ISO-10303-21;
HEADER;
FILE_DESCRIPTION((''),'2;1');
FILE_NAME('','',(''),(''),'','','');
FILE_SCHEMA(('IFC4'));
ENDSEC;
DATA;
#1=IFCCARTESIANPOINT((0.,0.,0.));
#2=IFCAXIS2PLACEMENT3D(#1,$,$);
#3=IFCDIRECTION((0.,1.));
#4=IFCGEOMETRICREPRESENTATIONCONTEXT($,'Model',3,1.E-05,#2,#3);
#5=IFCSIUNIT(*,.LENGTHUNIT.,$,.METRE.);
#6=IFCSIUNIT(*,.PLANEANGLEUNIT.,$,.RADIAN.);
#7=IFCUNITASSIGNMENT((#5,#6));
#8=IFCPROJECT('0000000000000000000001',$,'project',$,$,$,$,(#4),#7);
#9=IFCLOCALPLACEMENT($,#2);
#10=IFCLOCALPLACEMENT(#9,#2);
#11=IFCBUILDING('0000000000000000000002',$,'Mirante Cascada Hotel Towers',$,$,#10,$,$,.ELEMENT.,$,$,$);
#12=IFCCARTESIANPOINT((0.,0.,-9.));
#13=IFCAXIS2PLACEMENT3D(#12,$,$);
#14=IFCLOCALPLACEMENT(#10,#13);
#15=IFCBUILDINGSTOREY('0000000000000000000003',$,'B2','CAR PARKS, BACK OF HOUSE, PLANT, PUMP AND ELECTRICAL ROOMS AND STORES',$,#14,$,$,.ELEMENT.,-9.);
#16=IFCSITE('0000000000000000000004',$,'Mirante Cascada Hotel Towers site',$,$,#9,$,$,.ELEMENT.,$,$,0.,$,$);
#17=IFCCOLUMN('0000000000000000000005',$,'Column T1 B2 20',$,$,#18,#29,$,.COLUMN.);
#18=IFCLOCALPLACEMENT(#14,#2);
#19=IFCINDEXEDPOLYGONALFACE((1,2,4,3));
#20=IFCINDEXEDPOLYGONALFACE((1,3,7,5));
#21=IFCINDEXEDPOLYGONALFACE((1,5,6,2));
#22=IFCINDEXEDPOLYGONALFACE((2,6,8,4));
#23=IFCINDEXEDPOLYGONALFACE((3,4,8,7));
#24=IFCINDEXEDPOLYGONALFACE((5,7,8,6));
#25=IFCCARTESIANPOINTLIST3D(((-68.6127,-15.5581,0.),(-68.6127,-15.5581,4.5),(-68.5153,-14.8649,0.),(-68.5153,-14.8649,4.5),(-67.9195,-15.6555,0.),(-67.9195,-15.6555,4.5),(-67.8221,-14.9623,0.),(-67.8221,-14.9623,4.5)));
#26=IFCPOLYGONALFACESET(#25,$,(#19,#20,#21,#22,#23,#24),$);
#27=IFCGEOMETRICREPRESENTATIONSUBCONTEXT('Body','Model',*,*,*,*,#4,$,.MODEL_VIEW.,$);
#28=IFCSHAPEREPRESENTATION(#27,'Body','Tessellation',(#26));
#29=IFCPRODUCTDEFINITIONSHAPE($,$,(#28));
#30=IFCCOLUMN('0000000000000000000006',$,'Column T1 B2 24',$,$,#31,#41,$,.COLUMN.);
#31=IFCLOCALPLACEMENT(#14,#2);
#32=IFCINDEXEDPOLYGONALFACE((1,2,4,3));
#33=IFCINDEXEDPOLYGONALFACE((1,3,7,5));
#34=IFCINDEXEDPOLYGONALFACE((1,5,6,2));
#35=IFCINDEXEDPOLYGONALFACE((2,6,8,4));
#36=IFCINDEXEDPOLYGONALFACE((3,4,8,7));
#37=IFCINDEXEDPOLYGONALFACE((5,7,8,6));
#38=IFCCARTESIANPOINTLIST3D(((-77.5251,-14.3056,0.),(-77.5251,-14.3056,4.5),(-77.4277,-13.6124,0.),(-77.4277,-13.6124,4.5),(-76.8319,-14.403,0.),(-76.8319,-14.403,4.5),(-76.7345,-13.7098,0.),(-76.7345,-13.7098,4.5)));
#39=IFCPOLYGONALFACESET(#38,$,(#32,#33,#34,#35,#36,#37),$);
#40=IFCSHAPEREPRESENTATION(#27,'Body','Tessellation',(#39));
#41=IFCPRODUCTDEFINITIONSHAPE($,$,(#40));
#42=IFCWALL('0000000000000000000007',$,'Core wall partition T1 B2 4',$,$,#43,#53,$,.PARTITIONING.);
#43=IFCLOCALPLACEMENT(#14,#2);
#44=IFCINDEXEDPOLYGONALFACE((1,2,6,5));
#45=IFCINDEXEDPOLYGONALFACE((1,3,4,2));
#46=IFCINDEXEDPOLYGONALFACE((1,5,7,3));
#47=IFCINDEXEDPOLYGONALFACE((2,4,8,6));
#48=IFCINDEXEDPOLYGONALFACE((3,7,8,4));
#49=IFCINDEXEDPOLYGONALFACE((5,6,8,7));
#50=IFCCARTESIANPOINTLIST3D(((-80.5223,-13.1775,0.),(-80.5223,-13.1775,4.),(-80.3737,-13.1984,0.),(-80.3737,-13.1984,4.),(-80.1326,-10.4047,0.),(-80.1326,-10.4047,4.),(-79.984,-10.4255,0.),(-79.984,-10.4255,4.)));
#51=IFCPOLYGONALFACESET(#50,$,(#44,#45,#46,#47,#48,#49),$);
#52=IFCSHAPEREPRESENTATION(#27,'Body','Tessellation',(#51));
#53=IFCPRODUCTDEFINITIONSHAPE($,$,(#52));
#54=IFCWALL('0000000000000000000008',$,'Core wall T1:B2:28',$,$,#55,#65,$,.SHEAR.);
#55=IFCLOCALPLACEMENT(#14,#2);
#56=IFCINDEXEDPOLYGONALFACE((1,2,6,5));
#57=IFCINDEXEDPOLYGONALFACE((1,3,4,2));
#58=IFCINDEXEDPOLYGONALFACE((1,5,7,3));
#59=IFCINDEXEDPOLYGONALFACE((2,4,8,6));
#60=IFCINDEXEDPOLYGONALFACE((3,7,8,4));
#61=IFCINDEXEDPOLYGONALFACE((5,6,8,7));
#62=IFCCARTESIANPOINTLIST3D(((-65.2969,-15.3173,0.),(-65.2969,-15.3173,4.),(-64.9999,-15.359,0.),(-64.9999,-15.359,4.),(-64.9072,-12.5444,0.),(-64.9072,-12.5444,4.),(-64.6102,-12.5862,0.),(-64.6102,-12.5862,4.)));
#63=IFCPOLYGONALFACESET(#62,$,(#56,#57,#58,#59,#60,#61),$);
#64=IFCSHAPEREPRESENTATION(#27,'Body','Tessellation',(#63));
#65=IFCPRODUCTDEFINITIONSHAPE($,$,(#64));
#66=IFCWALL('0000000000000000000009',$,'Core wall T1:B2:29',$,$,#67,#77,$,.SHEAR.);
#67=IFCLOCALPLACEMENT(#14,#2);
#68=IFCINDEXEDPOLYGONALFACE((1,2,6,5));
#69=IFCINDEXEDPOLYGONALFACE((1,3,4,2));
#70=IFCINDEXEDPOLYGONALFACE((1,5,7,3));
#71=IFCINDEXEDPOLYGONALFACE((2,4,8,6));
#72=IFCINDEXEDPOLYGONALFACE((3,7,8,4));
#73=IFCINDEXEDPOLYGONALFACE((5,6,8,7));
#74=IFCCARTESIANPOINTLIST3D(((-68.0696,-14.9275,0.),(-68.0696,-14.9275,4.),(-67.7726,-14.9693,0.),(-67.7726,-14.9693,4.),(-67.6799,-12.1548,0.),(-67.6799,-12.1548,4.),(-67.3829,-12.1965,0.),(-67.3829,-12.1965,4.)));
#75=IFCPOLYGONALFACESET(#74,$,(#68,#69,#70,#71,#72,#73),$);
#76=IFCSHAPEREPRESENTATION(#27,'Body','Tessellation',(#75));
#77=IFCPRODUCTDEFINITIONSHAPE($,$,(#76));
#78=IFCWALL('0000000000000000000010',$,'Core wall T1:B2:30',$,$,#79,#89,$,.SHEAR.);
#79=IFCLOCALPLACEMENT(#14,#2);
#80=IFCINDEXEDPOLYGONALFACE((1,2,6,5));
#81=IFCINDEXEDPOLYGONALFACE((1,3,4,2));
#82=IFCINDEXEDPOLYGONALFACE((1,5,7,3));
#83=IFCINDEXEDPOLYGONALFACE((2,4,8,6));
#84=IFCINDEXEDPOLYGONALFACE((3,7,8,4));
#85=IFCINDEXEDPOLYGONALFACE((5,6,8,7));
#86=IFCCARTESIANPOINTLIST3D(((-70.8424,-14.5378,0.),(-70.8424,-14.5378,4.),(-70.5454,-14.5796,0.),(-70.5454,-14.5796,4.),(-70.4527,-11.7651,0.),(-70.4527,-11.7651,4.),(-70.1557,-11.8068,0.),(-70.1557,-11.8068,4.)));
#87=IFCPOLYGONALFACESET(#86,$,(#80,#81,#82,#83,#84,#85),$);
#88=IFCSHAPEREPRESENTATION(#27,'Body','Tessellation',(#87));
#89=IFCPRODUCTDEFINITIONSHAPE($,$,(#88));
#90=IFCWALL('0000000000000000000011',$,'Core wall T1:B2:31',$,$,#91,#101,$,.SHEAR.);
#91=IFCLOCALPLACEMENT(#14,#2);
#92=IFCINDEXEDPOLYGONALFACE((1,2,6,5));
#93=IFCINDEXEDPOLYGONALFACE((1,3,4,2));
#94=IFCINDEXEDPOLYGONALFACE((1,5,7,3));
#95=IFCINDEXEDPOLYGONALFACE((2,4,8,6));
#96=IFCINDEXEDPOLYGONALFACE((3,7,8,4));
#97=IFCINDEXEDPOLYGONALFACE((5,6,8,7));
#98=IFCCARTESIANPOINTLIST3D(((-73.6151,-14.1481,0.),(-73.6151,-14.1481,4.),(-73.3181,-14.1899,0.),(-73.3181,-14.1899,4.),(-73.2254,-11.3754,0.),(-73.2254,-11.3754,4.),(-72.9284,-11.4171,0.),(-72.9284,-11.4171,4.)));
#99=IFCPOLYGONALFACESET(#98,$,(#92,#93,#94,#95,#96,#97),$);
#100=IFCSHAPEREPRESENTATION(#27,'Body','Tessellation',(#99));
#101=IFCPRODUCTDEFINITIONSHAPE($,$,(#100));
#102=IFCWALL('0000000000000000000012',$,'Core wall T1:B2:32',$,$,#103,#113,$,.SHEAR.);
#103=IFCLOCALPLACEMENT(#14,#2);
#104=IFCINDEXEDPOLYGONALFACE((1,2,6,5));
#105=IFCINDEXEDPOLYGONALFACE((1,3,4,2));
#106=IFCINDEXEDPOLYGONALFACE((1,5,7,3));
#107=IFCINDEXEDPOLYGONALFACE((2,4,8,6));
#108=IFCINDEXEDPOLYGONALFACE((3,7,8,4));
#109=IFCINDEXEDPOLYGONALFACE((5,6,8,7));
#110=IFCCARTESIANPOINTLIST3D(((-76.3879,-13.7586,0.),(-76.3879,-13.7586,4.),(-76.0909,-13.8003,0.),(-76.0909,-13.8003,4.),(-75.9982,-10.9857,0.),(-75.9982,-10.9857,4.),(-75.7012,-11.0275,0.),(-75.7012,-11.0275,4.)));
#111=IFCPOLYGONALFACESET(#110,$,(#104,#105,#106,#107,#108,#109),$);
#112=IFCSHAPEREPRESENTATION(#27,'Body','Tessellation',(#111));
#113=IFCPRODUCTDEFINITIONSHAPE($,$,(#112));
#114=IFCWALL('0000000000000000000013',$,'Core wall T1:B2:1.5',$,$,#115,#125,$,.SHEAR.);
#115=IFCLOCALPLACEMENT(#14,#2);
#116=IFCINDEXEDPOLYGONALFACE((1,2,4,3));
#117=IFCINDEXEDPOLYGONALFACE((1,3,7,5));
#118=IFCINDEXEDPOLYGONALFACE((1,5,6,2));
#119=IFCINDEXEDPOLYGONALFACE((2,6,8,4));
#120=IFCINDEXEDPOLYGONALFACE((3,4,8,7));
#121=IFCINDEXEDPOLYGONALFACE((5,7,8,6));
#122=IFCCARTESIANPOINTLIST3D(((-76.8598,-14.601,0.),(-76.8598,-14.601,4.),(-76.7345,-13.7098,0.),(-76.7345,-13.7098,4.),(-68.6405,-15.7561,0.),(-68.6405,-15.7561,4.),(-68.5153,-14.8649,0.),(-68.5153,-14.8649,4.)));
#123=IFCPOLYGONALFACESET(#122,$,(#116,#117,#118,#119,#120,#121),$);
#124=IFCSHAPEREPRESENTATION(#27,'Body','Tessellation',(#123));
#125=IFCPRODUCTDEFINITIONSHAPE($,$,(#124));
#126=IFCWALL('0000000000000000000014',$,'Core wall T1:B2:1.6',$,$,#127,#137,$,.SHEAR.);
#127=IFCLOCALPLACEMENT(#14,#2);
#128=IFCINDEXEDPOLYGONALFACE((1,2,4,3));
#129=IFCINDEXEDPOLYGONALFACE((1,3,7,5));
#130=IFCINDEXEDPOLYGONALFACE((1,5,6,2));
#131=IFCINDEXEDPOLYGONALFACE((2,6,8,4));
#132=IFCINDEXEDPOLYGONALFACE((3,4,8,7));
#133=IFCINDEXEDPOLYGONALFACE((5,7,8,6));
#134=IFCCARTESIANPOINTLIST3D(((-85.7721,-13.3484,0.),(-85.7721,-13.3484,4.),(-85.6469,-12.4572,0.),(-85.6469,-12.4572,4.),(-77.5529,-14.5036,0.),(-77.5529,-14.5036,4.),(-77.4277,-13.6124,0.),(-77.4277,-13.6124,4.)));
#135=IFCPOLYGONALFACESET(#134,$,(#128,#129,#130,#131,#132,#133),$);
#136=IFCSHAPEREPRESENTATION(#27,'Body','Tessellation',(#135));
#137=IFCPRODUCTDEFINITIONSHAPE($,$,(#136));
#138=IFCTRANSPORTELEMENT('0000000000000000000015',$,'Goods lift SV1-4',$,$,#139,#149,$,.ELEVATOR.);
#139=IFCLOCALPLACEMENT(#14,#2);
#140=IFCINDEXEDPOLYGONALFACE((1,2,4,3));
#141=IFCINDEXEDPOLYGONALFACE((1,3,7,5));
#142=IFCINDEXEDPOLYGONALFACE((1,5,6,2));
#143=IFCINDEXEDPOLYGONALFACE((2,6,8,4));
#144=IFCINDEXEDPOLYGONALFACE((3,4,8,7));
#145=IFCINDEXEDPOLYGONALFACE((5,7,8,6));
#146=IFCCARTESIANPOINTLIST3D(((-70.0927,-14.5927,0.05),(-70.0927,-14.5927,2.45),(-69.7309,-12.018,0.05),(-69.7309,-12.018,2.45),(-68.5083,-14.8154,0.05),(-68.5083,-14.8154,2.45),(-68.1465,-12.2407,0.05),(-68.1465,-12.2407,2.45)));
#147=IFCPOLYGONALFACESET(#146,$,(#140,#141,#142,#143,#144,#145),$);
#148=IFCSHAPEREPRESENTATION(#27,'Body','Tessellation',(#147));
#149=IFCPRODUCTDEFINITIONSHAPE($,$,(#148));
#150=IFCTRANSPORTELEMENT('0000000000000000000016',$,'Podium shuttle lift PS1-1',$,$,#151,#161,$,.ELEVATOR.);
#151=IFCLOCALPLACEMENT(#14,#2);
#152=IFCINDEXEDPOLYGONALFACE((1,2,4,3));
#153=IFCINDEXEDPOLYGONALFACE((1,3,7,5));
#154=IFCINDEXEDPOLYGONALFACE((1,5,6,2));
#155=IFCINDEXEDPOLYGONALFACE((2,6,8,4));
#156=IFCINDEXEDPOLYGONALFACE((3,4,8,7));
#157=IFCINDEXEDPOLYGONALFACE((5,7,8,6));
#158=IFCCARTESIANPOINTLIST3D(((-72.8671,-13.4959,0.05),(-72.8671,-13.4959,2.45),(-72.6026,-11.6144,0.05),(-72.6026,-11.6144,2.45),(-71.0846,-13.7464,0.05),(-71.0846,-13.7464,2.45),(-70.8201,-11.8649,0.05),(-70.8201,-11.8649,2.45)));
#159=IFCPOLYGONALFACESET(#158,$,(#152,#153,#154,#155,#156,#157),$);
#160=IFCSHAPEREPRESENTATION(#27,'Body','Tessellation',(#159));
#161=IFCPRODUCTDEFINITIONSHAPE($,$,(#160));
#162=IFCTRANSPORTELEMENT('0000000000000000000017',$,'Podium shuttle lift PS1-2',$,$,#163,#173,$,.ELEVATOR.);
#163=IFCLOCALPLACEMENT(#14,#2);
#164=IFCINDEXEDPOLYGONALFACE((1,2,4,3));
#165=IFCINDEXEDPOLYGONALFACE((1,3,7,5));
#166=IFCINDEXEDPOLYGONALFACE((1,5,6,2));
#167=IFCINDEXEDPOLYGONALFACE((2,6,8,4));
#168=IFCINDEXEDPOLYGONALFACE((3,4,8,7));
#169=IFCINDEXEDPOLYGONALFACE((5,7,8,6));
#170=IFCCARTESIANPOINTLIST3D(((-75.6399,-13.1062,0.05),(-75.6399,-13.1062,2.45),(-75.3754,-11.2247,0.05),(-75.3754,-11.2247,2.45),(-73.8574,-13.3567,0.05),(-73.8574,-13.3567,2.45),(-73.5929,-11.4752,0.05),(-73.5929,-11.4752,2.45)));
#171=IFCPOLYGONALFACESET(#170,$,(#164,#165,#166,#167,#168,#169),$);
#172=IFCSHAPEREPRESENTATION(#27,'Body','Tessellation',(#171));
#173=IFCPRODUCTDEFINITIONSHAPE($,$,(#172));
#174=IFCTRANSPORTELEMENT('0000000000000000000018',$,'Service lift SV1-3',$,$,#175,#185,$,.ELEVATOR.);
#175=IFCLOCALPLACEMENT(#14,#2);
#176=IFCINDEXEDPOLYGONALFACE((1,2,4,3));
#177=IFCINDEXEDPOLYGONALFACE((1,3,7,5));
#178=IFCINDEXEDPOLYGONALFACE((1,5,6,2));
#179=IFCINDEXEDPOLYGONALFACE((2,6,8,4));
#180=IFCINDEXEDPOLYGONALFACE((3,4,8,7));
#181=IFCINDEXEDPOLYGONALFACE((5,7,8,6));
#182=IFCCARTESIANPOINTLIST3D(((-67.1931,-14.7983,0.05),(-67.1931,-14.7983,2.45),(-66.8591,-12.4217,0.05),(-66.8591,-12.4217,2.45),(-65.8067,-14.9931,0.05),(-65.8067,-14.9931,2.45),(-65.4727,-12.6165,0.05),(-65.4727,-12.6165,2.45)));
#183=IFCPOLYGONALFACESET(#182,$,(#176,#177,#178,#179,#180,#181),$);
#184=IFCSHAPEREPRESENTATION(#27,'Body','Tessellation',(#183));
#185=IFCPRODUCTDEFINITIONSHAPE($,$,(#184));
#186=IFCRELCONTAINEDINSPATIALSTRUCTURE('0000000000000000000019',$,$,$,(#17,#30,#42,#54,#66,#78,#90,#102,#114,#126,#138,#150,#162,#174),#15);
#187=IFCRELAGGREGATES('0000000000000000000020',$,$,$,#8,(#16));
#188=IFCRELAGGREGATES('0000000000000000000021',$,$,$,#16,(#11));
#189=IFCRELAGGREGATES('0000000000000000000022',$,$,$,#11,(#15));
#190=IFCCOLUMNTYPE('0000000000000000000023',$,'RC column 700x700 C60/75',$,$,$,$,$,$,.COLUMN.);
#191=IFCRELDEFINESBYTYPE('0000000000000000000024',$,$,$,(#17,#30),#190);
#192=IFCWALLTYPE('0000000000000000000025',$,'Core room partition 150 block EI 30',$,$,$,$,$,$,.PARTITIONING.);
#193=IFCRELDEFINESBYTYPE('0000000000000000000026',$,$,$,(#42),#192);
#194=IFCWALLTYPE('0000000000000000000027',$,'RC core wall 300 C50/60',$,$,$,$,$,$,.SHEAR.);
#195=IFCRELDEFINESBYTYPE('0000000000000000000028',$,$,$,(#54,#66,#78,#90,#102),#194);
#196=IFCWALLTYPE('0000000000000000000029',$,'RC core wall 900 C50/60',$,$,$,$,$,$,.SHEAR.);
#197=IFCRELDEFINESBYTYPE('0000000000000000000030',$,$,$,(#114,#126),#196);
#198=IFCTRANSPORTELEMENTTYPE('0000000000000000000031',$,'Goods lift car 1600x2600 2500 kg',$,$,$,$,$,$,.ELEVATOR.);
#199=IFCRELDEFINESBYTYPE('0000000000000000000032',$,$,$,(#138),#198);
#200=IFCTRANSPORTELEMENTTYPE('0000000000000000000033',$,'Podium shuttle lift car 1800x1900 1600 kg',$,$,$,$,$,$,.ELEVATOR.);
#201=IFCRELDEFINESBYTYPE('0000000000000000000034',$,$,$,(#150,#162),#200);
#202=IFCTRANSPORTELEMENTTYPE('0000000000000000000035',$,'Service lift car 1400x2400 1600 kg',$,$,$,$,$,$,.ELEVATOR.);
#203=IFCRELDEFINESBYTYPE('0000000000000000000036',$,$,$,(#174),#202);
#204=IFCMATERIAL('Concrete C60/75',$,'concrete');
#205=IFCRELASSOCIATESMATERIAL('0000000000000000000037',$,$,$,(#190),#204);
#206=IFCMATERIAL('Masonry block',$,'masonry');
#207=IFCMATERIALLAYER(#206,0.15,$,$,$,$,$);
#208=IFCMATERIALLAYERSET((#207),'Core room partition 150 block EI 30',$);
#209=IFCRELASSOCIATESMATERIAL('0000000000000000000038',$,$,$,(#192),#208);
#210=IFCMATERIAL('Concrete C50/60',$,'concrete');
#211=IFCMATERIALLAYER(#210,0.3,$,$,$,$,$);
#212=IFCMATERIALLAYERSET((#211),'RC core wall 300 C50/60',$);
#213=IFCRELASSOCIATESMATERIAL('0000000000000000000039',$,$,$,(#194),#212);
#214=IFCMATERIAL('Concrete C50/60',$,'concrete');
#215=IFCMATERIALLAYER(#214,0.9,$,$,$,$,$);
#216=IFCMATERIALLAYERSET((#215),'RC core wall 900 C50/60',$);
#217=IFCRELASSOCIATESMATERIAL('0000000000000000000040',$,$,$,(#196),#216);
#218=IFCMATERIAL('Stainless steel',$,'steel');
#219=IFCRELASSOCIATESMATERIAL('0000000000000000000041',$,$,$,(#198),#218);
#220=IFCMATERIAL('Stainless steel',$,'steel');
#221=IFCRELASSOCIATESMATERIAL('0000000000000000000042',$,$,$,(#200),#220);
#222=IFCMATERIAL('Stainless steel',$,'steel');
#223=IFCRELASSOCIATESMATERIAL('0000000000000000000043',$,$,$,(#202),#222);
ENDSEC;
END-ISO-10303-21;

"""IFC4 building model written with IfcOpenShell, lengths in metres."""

from ifc_helpers import new_model, si_unit, direction, frame, frame_2d, origin, origin_2d, place, context, subcontext, project, spatial, rectangle, extrude, material, layer, layer_set, material_profile, profile_set, type_object, element, save


model = new_model("IFC4")

# Units and contexts
model_context = context("Model", 3, precision=1e-05, world=origin(), true_north=direction((0.0, 1.0)))
body_context = subcontext(model_context, "Body", "Model", "MODEL_VIEW")
ifc_project = project(units=[si_unit("LENGTHUNIT", "METRE"), si_unit("PLANEANGLEUNIT", "RADIAN")], contexts=[model_context])

# Site, building, storey
site_placement = place(None, origin())
site = spatial("IfcSite", under=ifc_project, at=site_placement, Name="Mirante Cascada Hotel Towers site", CompositionType="ELEMENT", RefElevation=0.0)
building_placement = place(site_placement, origin())
building = spatial("IfcBuilding", under=site, at=building_placement, Name="Mirante Cascada Hotel Towers", CompositionType="ELEMENT")
storey_placement = place(building_placement, frame((0.0, 0.0, -9.0)))
storey = spatial("IfcBuildingStorey", under=building, at=storey_placement, Name="B2", Description="CAR PARKS, BACK OF HOUSE, PLANT, PUMP AND ELECTRICAL ROOMS AND STORES", CompositionType="ELEMENT", Elevation=-9.0)

# Columns
ifc_material_1 = material(Name="Concrete C60/75", Category="concrete")
ifc_material_profile_1 = material_profile(ifc_material_1, rectangle(XDim=0.7, YDim=0.7, at=origin_2d()), Name="RC column 700x700 C60/75")
ifc_profile_set_1 = profile_set([ifc_material_profile_1], Name="Concrete C60/75")
column_type_1 = type_object("IfcColumnType", Name="RC column 700x700 C60/75", PredefinedType="COLUMN", material=ifc_profile_set_1)
for number, where, z_axis, x_axis, name in (
    (1, (-68.2174, -15.2602, 0.0), (0.0, 0.0, 1.0), (-0.990268, 0.139173, 0.0), "Column T1 B2 20"),
    (2, (-77.1298, -14.0077, 0.0), (0.0, 0.0, 1.0), (-0.990268, 0.139173, 0.0), "Column T1 B2 24"),
):
    element("IfcColumn", number, at=place(storey_placement, frame(where, z_axis=z_axis, x_axis=x_axis)), inside=storey, type_object=column_type_1, Name=name, PredefinedType="COLUMN", context=body_context, shape_type="SweptSolid", body=[
        extrude(rectangle(XDim=0.7, YDim=0.7, at=origin_2d()), origin(), (0.0, 0.0, 1.0), 4.5),
    ])

# Walls
ifc_material_2 = material(Name="Masonry block", Category="masonry")
ifc_layer_1 = layer(ifc_material_2, 0.15)
ifc_layer_set_1 = layer_set([ifc_layer_1], Name="Core room partition 150 block EI 30")
wall_type_1 = type_object("IfcWallType", Name="Core room partition 150 block EI 30", PredefinedType="PARTITIONING", material=ifc_layer_set_1)
wall_1_placement = place(storey_placement, frame((-80.448, -13.1879, 0.0), z_axis=(0.0, 0.0, 1.0), x_axis=(0.139176, 0.990268, 0.0)))
element("IfcWall", 3, at=wall_1_placement, inside=storey, type_object=wall_type_1, Name="Core wall partition T1 B2 4", PredefinedType="PARTITIONING", context=body_context, shape_type="SweptSolid", body=[
    extrude(rectangle(XDim=2.8001, YDim=0.15, at=frame_2d((1.4, 0.0))), origin(), (0.0, 0.0, 1.0), 4.0),
])
ifc_material_3 = material(Name="Concrete C50/60", Category="concrete")
ifc_layer_2 = layer(ifc_material_3, 0.3)
ifc_layer_set_2 = layer_set([ifc_layer_2], Name="RC core wall 300 C50/60")
wall_type_2 = type_object("IfcWallType", Name="RC core wall 300 C50/60", PredefinedType="SHEAR", material=ifc_layer_set_2)
wall_2_placement = place(storey_placement, frame((-65.1484, -15.3381, 0.0), z_axis=(0.0, 0.0, 1.0), x_axis=(0.139176, 0.990268, 0.0)))
element("IfcWall", 4, at=wall_2_placement, inside=storey, type_object=wall_type_2, Name="Core wall T1:B2:28", PredefinedType="SHEAR", context=body_context, shape_type="SweptSolid", body=[
    extrude(rectangle(XDim=2.8001, YDim=0.3, at=frame_2d((1.4, 0.0))), origin(), (0.0, 0.0, 1.0), 4.0),
])
for number, where, z_axis, x_axis, name in (
    (5, (-67.9211, -14.9484, 0.0), (0.0, 0.0, 1.0), (0.139181, 0.990267, 0.0), "Core wall T1:B2:29"),
    (6, (-70.6939, -14.5587, 0.0), (0.0, 0.0, 1.0), (0.139181, 0.990267, 0.0), "Core wall T1:B2:30"),
    (7, (-73.4666, -14.169, 0.0), (0.0, 0.0, 1.0), (0.139181, 0.990267, 0.0), "Core wall T1:B2:31"),
):
    element("IfcWall", number, at=place(storey_placement, frame(where, z_axis=z_axis, x_axis=x_axis)), inside=storey, type_object=wall_type_2, Name=name, PredefinedType="SHEAR", context=body_context, shape_type="SweptSolid", body=[
        extrude(rectangle(XDim=2.8, YDim=0.3, at=frame_2d((1.4, 0.0))), origin(), (0.0, 0.0, 1.0), 4.0),
    ])
wall_3_placement = place(storey_placement, frame((-76.2394, -13.7794, 0.0), z_axis=(0.0, 0.0, 1.0), x_axis=(0.139176, 0.990268, 0.0)))
element("IfcWall", 8, at=wall_3_placement, inside=storey, type_object=wall_type_2, Name="Core wall T1:B2:32", PredefinedType="SHEAR", context=body_context, shape_type="SweptSolid", body=[
    extrude(rectangle(XDim=2.8001, YDim=0.3, at=frame_2d((1.4, 0.0))), origin(), (0.0, 0.0, 1.0), 4.0),
])
ifc_material_4 = material(Name="Concrete C50/60", Category="concrete")
ifc_layer_3 = layer(ifc_material_4, 0.9)
ifc_layer_set_3 = layer_set([ifc_layer_3], Name="RC core wall 900 C50/60")
wall_type_3 = type_object("IfcWallType", Name="RC core wall 900 C50/60", PredefinedType="SHEAR", material=ifc_layer_set_3)
for number, where, z_axis, x_axis, name in (
    (9, (-68.5779, -15.3105, 0.0), (0.0, 0.0, 1.0), (-0.990269, 0.139169, 0.0), "Core wall T1:B2:1.5"),
    (10, (-77.4903, -14.058, 0.0), (0.0, 0.0, 1.0), (-0.990267, 0.139181, 0.0), "Core wall T1:B2:1.6"),
):
    element("IfcWall", number, at=place(storey_placement, frame(where, z_axis=z_axis, x_axis=x_axis)), inside=storey, type_object=wall_type_3, Name=name, PredefinedType="SHEAR", context=body_context, shape_type="SweptSolid", body=[
        extrude(rectangle(XDim=8.3, YDim=0.9, at=frame_2d((4.15, 0.0))), origin(), (0.0, 0.0, 1.0), 4.0),
    ])

# Transport elements
ifc_material_5 = material(Name="Stainless steel", Category="steel")
transport_element_type_1 = type_object("IfcTransportElementType", Name="Goods lift car 1600x2600 2500 kg", PredefinedType="ELEVATOR", material=ifc_material_5)
transport_element_1_placement = place(storey_placement, frame((-69.1196, -13.4167, 0.05), z_axis=(0.0, 0.0, 1.0), x_axis=(-0.990268, 0.139173, 0.0)))
element("IfcTransportElement", 11, at=transport_element_1_placement, inside=storey, type_object=transport_element_type_1, Name="Goods lift SV1-4", PredefinedType="ELEVATOR", context=body_context, shape_type="SweptSolid", body=[
    extrude(rectangle(XDim=1.6, YDim=2.6, at=origin_2d()), origin(), (0.0, 0.0, 1.0), 2.4),
])
ifc_material_6 = material(Name="Stainless steel", Category="steel")
transport_element_type_2 = type_object("IfcTransportElementType", Name="Podium shuttle lift car 1800x1900 1600 kg", PredefinedType="ELEVATOR", material=ifc_material_6)
for number, where, z_axis, x_axis, name in (
    (12, (-71.8436, -12.6804, 0.05), (0.0, 0.0, 1.0), (-0.990268, 0.139173, 0.0), "Podium shuttle lift PS1-1"),
    (13, (-74.6164, -12.2907, 0.05), (0.0, 0.0, 1.0), (-0.990268, 0.139173, 0.0), "Podium shuttle lift PS1-2"),
):
    element("IfcTransportElement", number, at=place(storey_placement, frame(where, z_axis=z_axis, x_axis=x_axis)), inside=storey, type_object=transport_element_type_2, Name=name, PredefinedType="ELEVATOR", context=body_context, shape_type="SweptSolid", body=[
        extrude(rectangle(XDim=1.8, YDim=1.9, at=origin_2d()), origin(), (0.0, 0.0, 1.0), 2.4),
    ])
ifc_material_7 = material(Name="Stainless steel", Category="steel")
transport_element_type_3 = type_object("IfcTransportElementType", Name="Service lift car 1400x2400 1600 kg", PredefinedType="ELEVATOR", material=ifc_material_7)
transport_element_2_placement = place(storey_placement, frame((-66.3329, -13.7074, 0.05), z_axis=(0.0, 0.0, 1.0), x_axis=(-0.990268, 0.139173, 0.0)))
element("IfcTransportElement", 14, at=transport_element_2_placement, inside=storey, type_object=transport_element_type_3, Name="Service lift SV1-3", PredefinedType="ELEVATOR", context=body_context, shape_type="SweptSolid", body=[
    extrude(rectangle(XDim=1.4, YDim=2.4, at=origin_2d()), origin(), (0.0, 0.0, 1.0), 2.4),
])

save(model, "model.ifc")
